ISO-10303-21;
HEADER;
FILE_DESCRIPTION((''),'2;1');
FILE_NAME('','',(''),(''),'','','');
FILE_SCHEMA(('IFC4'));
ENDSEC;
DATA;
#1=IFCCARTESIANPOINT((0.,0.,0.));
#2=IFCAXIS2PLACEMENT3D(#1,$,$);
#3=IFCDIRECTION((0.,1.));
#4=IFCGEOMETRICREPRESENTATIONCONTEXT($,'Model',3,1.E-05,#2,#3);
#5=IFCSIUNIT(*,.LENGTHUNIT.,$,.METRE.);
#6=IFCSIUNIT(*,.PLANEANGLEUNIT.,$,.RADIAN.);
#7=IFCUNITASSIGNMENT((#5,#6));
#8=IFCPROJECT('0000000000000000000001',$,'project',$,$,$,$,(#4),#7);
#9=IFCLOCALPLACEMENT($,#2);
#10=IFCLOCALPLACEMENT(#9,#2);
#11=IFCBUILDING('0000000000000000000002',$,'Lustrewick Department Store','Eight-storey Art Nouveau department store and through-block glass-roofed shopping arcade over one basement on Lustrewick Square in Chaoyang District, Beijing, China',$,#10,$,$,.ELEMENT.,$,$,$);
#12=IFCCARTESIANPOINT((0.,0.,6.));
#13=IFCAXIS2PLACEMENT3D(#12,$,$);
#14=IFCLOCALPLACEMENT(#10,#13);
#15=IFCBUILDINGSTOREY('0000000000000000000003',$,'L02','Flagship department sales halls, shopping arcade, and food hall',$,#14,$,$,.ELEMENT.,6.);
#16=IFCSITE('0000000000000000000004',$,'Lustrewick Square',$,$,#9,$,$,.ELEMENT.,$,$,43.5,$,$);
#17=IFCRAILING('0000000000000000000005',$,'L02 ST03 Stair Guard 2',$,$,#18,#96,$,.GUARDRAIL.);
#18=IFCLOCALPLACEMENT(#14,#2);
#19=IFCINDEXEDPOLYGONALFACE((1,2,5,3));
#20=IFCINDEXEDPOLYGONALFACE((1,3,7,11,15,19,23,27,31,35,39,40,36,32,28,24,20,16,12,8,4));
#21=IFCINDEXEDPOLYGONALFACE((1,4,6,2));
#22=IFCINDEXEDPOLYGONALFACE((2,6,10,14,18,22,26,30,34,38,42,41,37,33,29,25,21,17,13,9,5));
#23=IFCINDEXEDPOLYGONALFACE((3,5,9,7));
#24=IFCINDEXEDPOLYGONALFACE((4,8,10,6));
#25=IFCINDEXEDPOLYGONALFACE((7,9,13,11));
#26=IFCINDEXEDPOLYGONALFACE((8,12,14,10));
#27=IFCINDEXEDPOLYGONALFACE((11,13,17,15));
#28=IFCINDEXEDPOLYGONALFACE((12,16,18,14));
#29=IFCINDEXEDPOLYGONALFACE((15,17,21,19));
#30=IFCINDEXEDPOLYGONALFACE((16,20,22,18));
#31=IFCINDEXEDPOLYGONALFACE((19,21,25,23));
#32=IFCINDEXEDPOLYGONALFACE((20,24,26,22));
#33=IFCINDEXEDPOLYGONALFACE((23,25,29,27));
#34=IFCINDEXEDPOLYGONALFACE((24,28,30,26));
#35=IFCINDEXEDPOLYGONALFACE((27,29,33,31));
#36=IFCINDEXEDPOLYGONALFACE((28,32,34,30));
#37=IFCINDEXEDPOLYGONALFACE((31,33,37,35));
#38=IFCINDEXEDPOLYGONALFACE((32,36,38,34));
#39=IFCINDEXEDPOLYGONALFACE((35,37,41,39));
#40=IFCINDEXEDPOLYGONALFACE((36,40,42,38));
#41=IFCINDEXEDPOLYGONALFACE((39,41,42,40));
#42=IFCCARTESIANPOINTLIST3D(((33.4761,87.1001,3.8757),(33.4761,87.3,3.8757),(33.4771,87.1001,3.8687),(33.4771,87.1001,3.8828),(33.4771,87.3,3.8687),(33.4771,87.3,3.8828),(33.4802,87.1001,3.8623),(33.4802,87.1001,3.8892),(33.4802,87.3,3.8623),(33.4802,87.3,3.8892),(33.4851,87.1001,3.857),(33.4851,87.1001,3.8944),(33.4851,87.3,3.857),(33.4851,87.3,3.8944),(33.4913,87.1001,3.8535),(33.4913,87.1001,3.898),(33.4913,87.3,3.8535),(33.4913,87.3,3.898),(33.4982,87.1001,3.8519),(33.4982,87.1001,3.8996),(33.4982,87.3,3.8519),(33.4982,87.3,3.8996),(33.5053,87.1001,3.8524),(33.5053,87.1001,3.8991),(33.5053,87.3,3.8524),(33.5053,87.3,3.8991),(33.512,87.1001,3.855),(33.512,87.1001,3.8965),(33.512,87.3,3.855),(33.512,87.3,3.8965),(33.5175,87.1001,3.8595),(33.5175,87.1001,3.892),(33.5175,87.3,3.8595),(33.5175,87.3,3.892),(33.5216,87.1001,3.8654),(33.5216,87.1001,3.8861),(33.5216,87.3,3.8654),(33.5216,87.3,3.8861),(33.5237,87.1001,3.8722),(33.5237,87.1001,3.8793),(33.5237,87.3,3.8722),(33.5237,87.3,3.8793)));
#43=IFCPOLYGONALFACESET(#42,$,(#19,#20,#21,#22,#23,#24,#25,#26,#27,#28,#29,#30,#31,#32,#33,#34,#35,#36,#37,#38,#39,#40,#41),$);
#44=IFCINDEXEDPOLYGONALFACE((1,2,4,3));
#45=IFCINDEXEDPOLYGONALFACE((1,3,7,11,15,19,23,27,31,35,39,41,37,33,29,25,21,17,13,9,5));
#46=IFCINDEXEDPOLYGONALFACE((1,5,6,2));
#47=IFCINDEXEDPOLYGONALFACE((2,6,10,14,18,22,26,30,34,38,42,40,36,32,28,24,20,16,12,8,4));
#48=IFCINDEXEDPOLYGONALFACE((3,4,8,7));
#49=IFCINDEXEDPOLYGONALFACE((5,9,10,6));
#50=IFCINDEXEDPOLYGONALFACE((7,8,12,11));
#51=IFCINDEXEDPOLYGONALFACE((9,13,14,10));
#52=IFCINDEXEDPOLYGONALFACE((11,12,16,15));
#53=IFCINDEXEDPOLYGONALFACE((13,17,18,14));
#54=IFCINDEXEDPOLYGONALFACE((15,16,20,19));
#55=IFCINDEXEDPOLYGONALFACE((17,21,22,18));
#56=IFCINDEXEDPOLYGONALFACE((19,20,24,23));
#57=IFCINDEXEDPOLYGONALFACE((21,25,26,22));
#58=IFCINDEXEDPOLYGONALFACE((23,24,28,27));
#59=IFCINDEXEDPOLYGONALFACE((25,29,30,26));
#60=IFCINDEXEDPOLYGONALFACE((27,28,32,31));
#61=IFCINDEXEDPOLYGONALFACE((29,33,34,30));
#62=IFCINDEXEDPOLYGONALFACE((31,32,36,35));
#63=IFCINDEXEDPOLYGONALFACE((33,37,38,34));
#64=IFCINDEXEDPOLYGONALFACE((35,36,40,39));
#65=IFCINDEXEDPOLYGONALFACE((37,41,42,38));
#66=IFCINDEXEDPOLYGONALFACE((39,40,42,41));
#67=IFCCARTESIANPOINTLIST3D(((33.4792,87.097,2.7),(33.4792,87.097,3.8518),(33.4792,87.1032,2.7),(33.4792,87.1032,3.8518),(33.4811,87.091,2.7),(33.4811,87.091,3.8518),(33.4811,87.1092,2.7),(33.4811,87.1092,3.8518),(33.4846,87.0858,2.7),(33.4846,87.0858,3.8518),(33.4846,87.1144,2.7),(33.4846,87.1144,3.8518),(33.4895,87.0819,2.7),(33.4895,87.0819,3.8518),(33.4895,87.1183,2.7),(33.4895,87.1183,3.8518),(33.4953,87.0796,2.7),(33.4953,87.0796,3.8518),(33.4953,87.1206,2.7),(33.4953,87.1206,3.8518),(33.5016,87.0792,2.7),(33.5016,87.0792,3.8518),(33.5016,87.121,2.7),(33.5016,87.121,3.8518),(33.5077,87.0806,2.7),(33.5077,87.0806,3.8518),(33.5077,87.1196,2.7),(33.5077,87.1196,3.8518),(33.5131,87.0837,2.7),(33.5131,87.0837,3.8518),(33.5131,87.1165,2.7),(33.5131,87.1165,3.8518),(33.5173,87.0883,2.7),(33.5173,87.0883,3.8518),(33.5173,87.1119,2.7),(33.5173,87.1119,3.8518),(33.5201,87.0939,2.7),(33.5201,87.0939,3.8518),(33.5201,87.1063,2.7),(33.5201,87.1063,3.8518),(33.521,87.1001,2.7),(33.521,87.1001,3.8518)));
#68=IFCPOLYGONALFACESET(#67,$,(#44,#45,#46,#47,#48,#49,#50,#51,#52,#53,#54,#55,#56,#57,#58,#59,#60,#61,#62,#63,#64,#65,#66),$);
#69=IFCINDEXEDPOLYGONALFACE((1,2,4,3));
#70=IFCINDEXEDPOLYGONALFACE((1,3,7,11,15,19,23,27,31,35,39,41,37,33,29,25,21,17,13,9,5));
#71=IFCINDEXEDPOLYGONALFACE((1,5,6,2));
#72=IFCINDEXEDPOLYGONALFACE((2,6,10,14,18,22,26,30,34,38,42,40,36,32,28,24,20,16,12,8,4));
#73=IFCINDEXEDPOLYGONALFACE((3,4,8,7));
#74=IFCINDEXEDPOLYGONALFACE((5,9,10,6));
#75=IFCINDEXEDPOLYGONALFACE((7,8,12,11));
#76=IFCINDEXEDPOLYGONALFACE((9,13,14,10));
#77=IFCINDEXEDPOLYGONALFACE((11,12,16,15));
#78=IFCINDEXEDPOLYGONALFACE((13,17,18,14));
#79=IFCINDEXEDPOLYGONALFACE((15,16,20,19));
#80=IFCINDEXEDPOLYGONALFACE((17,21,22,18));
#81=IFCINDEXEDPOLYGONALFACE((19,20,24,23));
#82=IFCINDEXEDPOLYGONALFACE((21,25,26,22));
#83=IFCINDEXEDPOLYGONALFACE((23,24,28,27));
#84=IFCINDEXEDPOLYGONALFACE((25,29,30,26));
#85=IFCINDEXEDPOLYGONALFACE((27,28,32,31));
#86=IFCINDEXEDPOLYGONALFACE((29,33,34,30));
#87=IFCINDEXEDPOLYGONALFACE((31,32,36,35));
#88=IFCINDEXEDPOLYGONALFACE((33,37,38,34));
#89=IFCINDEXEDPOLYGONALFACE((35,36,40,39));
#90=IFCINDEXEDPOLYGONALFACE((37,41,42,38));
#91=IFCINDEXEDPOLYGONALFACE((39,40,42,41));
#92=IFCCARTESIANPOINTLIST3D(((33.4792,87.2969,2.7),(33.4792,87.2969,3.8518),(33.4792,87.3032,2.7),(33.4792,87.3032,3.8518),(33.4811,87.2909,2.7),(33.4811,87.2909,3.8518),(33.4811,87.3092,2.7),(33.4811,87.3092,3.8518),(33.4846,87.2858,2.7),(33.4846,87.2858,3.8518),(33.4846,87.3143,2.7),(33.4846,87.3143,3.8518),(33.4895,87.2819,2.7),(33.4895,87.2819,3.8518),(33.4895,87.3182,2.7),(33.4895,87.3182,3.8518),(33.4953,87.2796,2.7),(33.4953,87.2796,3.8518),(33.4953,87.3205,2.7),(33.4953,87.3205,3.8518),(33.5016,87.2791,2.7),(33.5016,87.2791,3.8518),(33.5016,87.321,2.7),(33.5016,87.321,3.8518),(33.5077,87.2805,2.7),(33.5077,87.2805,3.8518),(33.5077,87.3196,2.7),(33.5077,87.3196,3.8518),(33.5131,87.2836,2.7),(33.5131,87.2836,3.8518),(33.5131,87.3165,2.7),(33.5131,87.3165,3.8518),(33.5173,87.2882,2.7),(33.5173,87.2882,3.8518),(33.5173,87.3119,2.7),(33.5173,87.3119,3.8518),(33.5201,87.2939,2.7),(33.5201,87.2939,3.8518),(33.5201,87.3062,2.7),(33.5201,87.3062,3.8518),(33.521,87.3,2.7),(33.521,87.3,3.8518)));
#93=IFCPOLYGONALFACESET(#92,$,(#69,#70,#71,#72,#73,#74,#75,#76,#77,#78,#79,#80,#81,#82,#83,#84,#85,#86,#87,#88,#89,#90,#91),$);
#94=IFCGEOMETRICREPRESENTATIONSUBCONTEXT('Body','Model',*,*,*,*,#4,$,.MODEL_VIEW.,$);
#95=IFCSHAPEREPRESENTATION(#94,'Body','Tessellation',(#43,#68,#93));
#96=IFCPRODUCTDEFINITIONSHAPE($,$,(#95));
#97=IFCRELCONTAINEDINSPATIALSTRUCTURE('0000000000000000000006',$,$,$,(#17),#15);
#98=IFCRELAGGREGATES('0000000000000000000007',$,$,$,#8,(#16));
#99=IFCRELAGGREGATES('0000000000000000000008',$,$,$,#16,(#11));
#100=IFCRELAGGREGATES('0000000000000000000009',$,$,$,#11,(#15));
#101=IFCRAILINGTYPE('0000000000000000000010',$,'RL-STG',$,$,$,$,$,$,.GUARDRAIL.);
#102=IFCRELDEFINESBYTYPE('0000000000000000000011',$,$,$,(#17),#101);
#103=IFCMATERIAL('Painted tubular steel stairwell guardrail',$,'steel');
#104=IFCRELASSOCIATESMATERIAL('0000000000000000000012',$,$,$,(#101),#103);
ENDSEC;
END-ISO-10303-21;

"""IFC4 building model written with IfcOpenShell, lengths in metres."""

from ifc_helpers import new_model, si_unit, direction, frame, origin, origin_2d, place, context, subcontext, project, spatial, circle, extrude, material, type_object, element, save


model = new_model("IFC4")

# Units and contexts
model_context = context("Model", 3, precision=1e-05, world=origin(), true_north=direction((0.0, 1.0)))
body_context = subcontext(model_context, "Body", "Model", "MODEL_VIEW")
ifc_project = project(units=[si_unit("LENGTHUNIT", "METRE"), si_unit("PLANEANGLEUNIT", "RADIAN")], contexts=[model_context])

# Site, building, storey
site_placement = place(None, origin())
site = spatial("IfcSite", under=ifc_project, at=site_placement, Name="Lustrewick Square", CompositionType="ELEMENT", RefElevation=43.5)
building_placement = place(site_placement, origin())
building = spatial("IfcBuilding", under=site, at=building_placement, Name="Lustrewick Department Store", Description="Eight-storey Art Nouveau department store and through-block glass-roofed shopping arcade over one basement on Lustrewick Square in Chaoyang District, Beijing, China", CompositionType="ELEMENT")
storey_placement = place(building_placement, frame((0.0, 0.0, 6.0)))
storey = spatial("IfcBuildingStorey", under=building, at=storey_placement, Name="L02", Description="Flagship department sales halls, shopping arcade, and food hall", CompositionType="ELEMENT", Elevation=6.0)

# Railing
ifc_material_1 = material(Name="Painted tubular steel stairwell guardrail", Category="steel")
railing_type_1 = type_object("IfcRailingType", Name="RL-STG", PredefinedType="GUARDRAIL", material=ifc_material_1)
railing_1_placement = place(storey_placement, frame((33.5, 87.1001, 2.7)))
element("IfcRailing", 1, at=railing_1_placement, inside=storey, type_object=railing_type_1, Name="L02 ST03 Stair Guard 2", PredefinedType="GUARDRAIL", context=body_context, shape_type="SweptSolid", body=[
    extrude(circle(Radius=0.0239, at=origin_2d()), frame((0.0, 0.0, 1.1758), z_axis=(0.0, 1.0, 0.0), x_axis=(-1.0, 0.0, 0.0)), (0.0, 0.0, 1.0), 0.2),
    extrude(circle(Radius=0.021, at=origin_2d()), origin(), (0.0, 0.0, 1.0), 1.1519),
    extrude(circle(Radius=0.021, at=origin_2d()), frame((0.0, 0.2, 0.0)), (0.0, 0.0, 1.0), 1.1519),
])

save(model, "model.ifc")
